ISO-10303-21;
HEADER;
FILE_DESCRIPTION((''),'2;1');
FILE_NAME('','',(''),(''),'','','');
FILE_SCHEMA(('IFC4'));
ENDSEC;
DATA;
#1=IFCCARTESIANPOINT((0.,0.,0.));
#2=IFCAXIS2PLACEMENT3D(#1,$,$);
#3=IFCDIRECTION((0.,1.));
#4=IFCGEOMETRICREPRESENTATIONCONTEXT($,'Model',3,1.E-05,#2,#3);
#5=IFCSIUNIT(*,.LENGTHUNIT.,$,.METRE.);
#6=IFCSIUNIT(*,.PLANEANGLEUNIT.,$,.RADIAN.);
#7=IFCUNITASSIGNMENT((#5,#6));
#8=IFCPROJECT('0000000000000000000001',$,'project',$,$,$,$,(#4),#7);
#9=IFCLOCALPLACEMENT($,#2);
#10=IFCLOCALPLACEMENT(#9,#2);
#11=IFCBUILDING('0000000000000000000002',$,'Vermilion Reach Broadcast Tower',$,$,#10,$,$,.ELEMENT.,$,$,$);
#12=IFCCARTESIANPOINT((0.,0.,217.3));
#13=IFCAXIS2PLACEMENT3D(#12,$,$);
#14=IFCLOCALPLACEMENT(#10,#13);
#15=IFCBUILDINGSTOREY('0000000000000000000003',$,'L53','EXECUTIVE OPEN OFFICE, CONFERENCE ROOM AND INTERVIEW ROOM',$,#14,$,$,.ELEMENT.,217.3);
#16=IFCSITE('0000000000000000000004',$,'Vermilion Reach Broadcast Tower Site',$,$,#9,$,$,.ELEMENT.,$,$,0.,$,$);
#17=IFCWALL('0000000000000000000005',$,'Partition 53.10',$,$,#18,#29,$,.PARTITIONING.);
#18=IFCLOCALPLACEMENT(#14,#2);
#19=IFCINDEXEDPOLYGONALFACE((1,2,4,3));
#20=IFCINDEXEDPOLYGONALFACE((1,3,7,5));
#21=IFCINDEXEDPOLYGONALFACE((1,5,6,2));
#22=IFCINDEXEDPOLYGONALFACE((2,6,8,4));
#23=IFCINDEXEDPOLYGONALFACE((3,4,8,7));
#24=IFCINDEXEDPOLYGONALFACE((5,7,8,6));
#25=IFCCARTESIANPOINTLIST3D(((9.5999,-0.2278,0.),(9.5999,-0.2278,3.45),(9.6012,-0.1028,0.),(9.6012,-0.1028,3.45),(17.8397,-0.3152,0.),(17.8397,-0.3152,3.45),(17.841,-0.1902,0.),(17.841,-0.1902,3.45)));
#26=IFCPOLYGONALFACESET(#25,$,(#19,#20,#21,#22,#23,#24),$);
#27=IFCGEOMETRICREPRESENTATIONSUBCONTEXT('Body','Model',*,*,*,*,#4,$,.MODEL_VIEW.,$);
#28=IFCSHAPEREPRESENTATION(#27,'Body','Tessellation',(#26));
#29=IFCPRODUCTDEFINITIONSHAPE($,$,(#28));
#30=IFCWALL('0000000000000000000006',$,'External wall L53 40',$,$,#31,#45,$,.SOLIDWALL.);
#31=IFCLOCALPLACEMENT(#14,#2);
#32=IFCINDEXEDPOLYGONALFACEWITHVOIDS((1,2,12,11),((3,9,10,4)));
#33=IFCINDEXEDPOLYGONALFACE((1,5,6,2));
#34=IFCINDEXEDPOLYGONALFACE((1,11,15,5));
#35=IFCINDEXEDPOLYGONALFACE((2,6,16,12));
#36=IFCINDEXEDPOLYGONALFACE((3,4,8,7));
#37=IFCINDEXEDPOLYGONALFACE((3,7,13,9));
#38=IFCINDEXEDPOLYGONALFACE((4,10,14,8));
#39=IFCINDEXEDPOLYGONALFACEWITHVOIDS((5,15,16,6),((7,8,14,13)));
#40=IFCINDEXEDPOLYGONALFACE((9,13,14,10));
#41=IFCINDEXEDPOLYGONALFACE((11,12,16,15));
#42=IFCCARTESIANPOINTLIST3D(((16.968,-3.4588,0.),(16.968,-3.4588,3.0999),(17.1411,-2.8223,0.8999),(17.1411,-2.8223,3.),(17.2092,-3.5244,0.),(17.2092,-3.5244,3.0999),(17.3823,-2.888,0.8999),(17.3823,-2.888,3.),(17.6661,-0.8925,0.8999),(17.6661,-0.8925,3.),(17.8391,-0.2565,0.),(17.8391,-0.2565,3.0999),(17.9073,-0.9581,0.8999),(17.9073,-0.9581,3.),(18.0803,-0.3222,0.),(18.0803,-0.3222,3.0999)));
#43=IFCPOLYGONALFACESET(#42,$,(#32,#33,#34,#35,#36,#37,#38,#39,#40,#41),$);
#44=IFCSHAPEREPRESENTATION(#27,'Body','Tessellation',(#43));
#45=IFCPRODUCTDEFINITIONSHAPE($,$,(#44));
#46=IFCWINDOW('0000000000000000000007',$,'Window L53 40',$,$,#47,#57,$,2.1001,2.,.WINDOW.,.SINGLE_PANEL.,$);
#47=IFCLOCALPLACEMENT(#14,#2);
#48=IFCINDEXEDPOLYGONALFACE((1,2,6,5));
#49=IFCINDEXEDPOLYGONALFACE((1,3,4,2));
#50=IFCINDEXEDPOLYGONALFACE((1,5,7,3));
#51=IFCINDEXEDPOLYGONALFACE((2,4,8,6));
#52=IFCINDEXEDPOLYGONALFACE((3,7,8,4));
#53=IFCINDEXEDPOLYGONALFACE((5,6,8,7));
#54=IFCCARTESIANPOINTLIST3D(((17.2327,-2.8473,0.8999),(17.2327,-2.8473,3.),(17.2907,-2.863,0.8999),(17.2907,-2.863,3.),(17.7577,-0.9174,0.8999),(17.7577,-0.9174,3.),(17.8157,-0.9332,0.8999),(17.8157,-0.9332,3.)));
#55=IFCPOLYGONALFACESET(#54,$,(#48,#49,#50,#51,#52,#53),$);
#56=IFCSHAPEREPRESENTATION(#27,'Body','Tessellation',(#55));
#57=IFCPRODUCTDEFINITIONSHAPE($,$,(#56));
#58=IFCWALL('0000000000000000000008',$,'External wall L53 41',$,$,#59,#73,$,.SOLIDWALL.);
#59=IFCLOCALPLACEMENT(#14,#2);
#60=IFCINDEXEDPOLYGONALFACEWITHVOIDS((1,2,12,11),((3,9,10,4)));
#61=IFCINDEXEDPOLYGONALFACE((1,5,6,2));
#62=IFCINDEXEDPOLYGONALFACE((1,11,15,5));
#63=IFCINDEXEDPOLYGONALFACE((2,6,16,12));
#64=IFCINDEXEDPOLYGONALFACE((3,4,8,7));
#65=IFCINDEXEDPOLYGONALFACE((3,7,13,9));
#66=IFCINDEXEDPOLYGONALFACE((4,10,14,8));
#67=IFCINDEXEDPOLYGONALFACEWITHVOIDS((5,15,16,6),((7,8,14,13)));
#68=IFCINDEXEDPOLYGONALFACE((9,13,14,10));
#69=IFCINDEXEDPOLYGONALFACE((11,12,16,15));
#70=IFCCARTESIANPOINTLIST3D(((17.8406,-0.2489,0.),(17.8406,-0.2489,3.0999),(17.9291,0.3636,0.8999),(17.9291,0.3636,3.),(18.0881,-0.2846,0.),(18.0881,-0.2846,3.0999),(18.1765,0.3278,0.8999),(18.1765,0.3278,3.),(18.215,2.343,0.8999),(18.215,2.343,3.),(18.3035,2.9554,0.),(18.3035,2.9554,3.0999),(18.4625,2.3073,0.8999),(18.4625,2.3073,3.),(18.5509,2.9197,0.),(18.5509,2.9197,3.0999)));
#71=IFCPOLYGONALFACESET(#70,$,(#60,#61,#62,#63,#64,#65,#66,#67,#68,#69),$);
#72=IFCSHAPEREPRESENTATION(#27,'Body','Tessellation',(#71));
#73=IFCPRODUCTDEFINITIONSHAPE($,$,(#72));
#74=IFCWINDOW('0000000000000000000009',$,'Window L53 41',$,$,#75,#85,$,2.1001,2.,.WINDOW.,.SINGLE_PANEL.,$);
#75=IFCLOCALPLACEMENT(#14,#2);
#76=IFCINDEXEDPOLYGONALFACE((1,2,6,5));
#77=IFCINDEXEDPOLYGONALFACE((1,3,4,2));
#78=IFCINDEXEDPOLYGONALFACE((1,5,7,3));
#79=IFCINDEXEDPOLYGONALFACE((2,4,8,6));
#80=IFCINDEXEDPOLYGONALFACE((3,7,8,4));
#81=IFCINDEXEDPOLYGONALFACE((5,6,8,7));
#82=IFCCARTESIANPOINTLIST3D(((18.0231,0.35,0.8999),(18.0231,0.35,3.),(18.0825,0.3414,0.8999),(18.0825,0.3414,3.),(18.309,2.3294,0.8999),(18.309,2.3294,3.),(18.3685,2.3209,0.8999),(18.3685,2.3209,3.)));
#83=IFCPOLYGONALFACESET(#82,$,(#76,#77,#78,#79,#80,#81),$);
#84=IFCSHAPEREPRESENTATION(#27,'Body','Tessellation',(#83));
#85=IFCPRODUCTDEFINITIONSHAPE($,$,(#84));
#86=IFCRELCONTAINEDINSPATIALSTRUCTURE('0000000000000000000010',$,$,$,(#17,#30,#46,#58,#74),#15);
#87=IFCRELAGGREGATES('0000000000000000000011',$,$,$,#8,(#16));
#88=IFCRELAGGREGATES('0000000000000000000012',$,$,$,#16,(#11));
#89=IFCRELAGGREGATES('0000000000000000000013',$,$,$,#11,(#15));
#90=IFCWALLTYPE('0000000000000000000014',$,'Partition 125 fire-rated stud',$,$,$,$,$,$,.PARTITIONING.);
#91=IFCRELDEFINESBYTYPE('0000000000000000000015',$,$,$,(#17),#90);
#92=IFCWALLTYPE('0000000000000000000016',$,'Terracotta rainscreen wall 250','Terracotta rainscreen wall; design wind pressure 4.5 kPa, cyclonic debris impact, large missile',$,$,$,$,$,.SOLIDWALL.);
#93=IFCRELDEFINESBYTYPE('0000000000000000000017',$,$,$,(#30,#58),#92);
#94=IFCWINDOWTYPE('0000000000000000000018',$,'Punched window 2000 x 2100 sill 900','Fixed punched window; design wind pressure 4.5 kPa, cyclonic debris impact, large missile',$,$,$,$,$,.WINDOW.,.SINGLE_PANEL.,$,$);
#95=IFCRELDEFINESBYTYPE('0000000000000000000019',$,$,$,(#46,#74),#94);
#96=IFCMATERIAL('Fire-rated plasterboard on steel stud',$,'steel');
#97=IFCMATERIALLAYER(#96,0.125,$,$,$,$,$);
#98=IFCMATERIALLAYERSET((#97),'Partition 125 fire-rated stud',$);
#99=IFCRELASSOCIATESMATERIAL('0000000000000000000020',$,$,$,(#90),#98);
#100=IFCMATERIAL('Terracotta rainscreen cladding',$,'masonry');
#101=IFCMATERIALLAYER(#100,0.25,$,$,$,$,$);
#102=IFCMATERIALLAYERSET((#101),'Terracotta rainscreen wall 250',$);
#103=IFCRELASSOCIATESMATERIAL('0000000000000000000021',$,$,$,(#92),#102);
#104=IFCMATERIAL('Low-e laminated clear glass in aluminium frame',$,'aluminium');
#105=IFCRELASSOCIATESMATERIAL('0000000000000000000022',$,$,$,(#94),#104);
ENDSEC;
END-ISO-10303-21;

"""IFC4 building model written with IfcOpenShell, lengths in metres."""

from ifc_helpers import new_model, si_unit, direction, frame, frame_2d, origin, place, context, subcontext, project, spatial, rectangle, extrude, material, layer, layer_set, type_object, element, fill, save


model = new_model("IFC4")

# Units and contexts
model_context = context("Model", 3, precision=1e-05, world=origin(), true_north=direction((0.0, 1.0)))
body_context = subcontext(model_context, "Body", "Model", "MODEL_VIEW")
ifc_project = project(units=[si_unit("LENGTHUNIT", "METRE"), si_unit("PLANEANGLEUNIT", "RADIAN")], contexts=[model_context])

# Site, building, storey
site_placement = place(None, origin())
site = spatial("IfcSite", under=ifc_project, at=site_placement, Name="Vermilion Reach Broadcast Tower Site", CompositionType="ELEMENT", RefElevation=0.0)
building_placement = place(site_placement, origin())
building = spatial("IfcBuilding", under=site, at=building_placement, Name="Vermilion Reach Broadcast Tower", CompositionType="ELEMENT")
storey_placement = place(building_placement, frame((0.0, 0.0, 217.3)))
storey = spatial("IfcBuildingStorey", under=building, at=storey_placement, Name="L53", Description="EXECUTIVE OPEN OFFICE, CONFERENCE ROOM AND INTERVIEW ROOM", CompositionType="ELEMENT", Elevation=217.3)

# Wall
ifc_material_1 = material(Name="Fire-rated plasterboard on steel stud", Category="steel")
ifc_layer_1 = layer(ifc_material_1, 0.125)
ifc_layer_set_1 = layer_set([ifc_layer_1], Name="Partition 125 fire-rated stud")
wall_type_1 = type_object("IfcWallType", Name="Partition 125 fire-rated stud", PredefinedType="PARTITIONING", material=ifc_layer_set_1)
wall_1_placement = place(storey_placement, frame((17.8403, -0.2527, 0.0), z_axis=(0.0, 0.0, 1.0), x_axis=(-0.999944, 0.010607, 0.0)))
element("IfcWall", 1, at=wall_1_placement, inside=storey, type_object=wall_type_1, Name="Partition 53.10", PredefinedType="PARTITIONING", context=body_context, shape_type="SweptSolid", body=[
    extrude(rectangle(XDim=8.2402, YDim=0.125, at=frame_2d((4.1201, 0.0))), origin(), (0.0, 0.0, 1.0), 3.45),
])

# Shared definitions
ifc_material_2 = material(Name="Terracotta rainscreen cladding", Category="masonry")
ifc_layer_2 = layer(ifc_material_2, 0.25)
ifc_layer_set_2 = layer_set([ifc_layer_2], Name="Terracotta rainscreen wall 250")
wall_type_2 = type_object("IfcWallType", Name="Terracotta rainscreen wall 250", Description="Terracotta rainscreen wall; design wind pressure 4.5 kPa, cyclonic debris impact, large missile", PredefinedType="SOLIDWALL", material=ifc_layer_set_2)

# Walls, openings, windows
wall_2_placement = place(storey_placement, frame((17.0886, -3.4915, 0.0), z_axis=(0.0, 0.0, 1.0), x_axis=(0.262495, 0.964933, 0.0)))
wall_2 = element("IfcWall", 2, at=wall_2_placement, inside=storey, type_object=wall_type_2, Name="External wall L53 40", PredefinedType="SOLIDWALL", context=body_context, shape_type="SweptSolid", body=[
    extrude(rectangle(XDim=3.3186, YDim=0.25, at=frame_2d((1.6592, 0.0))), origin(), (0.0, 0.0, 1.0), 3.0999),
])
opening_1_placement = place(wall_2_placement, frame((0.6594, 0.0, 0.8999)))
opening_1 = element("IfcOpeningElement", 3, at=opening_1_placement, cuts=wall_2, PredefinedType="OPENING", context=body_context, shape_type="SweptSolid", body=[
    extrude(rectangle(XDim=2.0, YDim=2.1001, at=frame_2d((1.0, 1.05))), frame((0.0, 0.135, 0.0), z_axis=(0.0, -1.0, 0.0), x_axis=(1.0, 0.0, 0.0)), (0.0, 0.0, 1.0), 0.27),
])
ifc_material_3 = material(Name="Low-e laminated clear glass in aluminium frame", Category="aluminium")
window_type = type_object("IfcWindowType", Name="Punched window 2000 x 2100 sill 900", Description="Fixed punched window; design wind pressure 4.5 kPa, cyclonic debris impact, large missile", PartitioningType="SINGLE_PANEL", PredefinedType="WINDOW", material=ifc_material_3)
window_1_placement = place(opening_1_placement, origin())
window_1 = element("IfcWindow", 4, at=window_1_placement, inside=storey, type_object=window_type, Name="Window L53 40", OverallHeight=2.1001, OverallWidth=2.0, PartitioningType="SINGLE_PANEL", PredefinedType="WINDOW", context=body_context, shape_type="SweptSolid", body=[
    extrude(rectangle(XDim=2.0, YDim=2.1001, at=frame_2d((1.0, 1.05))), frame((0.0, 0.03, 0.0), z_axis=(0.0, -1.0, 0.0), x_axis=(1.0, 0.0, 0.0)), (0.0, 0.0, 1.0), 0.0601),
])
fill(opening_1, window_1)
wall_3_placement = place(storey_placement, frame((17.9644, -0.2666, 0.0), z_axis=(0.0, 0.0, 1.0), x_axis=(0.142973, 0.989727, 0.0)))
wall_3 = element("IfcWall", 5, at=wall_3_placement, inside=storey, type_object=wall_type_2, Name="External wall L53 41", PredefinedType="SOLIDWALL", context=body_context, shape_type="SweptSolid", body=[
    extrude(rectangle(XDim=3.2375, YDim=0.25, at=frame_2d((1.6187, 0.0))), origin(), (0.0, 0.0, 1.0), 3.0999),
])
opening_2_placement = place(wall_3_placement, frame((0.6187, 0.0, 0.8999)))
opening_2 = element("IfcOpeningElement", 6, at=opening_2_placement, cuts=wall_3, PredefinedType="OPENING", context=body_context, shape_type="SweptSolid", body=[
    extrude(rectangle(XDim=2.0, YDim=2.1001, at=frame_2d((1.0, 1.05))), frame((0.0, 0.135, 0.0), z_axis=(0.0, -1.0, 0.0), x_axis=(1.0, 0.0, 0.0)), (0.0, 0.0, 1.0), 0.27),
])
window_2_placement = place(opening_2_placement, origin())
window_2 = element("IfcWindow", 7, at=window_2_placement, inside=storey, type_object=window_type, Name="Window L53 41", OverallHeight=2.1001, OverallWidth=2.0, PartitioningType="SINGLE_PANEL", PredefinedType="WINDOW", context=body_context, shape_type="SweptSolid", body=[
    extrude(rectangle(XDim=2.0, YDim=2.1001, at=frame_2d((1.0, 1.05))), frame((0.0, 0.03, 0.0), z_axis=(0.0, -1.0, 0.0), x_axis=(1.0, 0.0, 0.0)), (0.0, 0.0, 1.0), 0.0601),
])
fill(opening_2, window_2)

save(model, "model.ifc")
